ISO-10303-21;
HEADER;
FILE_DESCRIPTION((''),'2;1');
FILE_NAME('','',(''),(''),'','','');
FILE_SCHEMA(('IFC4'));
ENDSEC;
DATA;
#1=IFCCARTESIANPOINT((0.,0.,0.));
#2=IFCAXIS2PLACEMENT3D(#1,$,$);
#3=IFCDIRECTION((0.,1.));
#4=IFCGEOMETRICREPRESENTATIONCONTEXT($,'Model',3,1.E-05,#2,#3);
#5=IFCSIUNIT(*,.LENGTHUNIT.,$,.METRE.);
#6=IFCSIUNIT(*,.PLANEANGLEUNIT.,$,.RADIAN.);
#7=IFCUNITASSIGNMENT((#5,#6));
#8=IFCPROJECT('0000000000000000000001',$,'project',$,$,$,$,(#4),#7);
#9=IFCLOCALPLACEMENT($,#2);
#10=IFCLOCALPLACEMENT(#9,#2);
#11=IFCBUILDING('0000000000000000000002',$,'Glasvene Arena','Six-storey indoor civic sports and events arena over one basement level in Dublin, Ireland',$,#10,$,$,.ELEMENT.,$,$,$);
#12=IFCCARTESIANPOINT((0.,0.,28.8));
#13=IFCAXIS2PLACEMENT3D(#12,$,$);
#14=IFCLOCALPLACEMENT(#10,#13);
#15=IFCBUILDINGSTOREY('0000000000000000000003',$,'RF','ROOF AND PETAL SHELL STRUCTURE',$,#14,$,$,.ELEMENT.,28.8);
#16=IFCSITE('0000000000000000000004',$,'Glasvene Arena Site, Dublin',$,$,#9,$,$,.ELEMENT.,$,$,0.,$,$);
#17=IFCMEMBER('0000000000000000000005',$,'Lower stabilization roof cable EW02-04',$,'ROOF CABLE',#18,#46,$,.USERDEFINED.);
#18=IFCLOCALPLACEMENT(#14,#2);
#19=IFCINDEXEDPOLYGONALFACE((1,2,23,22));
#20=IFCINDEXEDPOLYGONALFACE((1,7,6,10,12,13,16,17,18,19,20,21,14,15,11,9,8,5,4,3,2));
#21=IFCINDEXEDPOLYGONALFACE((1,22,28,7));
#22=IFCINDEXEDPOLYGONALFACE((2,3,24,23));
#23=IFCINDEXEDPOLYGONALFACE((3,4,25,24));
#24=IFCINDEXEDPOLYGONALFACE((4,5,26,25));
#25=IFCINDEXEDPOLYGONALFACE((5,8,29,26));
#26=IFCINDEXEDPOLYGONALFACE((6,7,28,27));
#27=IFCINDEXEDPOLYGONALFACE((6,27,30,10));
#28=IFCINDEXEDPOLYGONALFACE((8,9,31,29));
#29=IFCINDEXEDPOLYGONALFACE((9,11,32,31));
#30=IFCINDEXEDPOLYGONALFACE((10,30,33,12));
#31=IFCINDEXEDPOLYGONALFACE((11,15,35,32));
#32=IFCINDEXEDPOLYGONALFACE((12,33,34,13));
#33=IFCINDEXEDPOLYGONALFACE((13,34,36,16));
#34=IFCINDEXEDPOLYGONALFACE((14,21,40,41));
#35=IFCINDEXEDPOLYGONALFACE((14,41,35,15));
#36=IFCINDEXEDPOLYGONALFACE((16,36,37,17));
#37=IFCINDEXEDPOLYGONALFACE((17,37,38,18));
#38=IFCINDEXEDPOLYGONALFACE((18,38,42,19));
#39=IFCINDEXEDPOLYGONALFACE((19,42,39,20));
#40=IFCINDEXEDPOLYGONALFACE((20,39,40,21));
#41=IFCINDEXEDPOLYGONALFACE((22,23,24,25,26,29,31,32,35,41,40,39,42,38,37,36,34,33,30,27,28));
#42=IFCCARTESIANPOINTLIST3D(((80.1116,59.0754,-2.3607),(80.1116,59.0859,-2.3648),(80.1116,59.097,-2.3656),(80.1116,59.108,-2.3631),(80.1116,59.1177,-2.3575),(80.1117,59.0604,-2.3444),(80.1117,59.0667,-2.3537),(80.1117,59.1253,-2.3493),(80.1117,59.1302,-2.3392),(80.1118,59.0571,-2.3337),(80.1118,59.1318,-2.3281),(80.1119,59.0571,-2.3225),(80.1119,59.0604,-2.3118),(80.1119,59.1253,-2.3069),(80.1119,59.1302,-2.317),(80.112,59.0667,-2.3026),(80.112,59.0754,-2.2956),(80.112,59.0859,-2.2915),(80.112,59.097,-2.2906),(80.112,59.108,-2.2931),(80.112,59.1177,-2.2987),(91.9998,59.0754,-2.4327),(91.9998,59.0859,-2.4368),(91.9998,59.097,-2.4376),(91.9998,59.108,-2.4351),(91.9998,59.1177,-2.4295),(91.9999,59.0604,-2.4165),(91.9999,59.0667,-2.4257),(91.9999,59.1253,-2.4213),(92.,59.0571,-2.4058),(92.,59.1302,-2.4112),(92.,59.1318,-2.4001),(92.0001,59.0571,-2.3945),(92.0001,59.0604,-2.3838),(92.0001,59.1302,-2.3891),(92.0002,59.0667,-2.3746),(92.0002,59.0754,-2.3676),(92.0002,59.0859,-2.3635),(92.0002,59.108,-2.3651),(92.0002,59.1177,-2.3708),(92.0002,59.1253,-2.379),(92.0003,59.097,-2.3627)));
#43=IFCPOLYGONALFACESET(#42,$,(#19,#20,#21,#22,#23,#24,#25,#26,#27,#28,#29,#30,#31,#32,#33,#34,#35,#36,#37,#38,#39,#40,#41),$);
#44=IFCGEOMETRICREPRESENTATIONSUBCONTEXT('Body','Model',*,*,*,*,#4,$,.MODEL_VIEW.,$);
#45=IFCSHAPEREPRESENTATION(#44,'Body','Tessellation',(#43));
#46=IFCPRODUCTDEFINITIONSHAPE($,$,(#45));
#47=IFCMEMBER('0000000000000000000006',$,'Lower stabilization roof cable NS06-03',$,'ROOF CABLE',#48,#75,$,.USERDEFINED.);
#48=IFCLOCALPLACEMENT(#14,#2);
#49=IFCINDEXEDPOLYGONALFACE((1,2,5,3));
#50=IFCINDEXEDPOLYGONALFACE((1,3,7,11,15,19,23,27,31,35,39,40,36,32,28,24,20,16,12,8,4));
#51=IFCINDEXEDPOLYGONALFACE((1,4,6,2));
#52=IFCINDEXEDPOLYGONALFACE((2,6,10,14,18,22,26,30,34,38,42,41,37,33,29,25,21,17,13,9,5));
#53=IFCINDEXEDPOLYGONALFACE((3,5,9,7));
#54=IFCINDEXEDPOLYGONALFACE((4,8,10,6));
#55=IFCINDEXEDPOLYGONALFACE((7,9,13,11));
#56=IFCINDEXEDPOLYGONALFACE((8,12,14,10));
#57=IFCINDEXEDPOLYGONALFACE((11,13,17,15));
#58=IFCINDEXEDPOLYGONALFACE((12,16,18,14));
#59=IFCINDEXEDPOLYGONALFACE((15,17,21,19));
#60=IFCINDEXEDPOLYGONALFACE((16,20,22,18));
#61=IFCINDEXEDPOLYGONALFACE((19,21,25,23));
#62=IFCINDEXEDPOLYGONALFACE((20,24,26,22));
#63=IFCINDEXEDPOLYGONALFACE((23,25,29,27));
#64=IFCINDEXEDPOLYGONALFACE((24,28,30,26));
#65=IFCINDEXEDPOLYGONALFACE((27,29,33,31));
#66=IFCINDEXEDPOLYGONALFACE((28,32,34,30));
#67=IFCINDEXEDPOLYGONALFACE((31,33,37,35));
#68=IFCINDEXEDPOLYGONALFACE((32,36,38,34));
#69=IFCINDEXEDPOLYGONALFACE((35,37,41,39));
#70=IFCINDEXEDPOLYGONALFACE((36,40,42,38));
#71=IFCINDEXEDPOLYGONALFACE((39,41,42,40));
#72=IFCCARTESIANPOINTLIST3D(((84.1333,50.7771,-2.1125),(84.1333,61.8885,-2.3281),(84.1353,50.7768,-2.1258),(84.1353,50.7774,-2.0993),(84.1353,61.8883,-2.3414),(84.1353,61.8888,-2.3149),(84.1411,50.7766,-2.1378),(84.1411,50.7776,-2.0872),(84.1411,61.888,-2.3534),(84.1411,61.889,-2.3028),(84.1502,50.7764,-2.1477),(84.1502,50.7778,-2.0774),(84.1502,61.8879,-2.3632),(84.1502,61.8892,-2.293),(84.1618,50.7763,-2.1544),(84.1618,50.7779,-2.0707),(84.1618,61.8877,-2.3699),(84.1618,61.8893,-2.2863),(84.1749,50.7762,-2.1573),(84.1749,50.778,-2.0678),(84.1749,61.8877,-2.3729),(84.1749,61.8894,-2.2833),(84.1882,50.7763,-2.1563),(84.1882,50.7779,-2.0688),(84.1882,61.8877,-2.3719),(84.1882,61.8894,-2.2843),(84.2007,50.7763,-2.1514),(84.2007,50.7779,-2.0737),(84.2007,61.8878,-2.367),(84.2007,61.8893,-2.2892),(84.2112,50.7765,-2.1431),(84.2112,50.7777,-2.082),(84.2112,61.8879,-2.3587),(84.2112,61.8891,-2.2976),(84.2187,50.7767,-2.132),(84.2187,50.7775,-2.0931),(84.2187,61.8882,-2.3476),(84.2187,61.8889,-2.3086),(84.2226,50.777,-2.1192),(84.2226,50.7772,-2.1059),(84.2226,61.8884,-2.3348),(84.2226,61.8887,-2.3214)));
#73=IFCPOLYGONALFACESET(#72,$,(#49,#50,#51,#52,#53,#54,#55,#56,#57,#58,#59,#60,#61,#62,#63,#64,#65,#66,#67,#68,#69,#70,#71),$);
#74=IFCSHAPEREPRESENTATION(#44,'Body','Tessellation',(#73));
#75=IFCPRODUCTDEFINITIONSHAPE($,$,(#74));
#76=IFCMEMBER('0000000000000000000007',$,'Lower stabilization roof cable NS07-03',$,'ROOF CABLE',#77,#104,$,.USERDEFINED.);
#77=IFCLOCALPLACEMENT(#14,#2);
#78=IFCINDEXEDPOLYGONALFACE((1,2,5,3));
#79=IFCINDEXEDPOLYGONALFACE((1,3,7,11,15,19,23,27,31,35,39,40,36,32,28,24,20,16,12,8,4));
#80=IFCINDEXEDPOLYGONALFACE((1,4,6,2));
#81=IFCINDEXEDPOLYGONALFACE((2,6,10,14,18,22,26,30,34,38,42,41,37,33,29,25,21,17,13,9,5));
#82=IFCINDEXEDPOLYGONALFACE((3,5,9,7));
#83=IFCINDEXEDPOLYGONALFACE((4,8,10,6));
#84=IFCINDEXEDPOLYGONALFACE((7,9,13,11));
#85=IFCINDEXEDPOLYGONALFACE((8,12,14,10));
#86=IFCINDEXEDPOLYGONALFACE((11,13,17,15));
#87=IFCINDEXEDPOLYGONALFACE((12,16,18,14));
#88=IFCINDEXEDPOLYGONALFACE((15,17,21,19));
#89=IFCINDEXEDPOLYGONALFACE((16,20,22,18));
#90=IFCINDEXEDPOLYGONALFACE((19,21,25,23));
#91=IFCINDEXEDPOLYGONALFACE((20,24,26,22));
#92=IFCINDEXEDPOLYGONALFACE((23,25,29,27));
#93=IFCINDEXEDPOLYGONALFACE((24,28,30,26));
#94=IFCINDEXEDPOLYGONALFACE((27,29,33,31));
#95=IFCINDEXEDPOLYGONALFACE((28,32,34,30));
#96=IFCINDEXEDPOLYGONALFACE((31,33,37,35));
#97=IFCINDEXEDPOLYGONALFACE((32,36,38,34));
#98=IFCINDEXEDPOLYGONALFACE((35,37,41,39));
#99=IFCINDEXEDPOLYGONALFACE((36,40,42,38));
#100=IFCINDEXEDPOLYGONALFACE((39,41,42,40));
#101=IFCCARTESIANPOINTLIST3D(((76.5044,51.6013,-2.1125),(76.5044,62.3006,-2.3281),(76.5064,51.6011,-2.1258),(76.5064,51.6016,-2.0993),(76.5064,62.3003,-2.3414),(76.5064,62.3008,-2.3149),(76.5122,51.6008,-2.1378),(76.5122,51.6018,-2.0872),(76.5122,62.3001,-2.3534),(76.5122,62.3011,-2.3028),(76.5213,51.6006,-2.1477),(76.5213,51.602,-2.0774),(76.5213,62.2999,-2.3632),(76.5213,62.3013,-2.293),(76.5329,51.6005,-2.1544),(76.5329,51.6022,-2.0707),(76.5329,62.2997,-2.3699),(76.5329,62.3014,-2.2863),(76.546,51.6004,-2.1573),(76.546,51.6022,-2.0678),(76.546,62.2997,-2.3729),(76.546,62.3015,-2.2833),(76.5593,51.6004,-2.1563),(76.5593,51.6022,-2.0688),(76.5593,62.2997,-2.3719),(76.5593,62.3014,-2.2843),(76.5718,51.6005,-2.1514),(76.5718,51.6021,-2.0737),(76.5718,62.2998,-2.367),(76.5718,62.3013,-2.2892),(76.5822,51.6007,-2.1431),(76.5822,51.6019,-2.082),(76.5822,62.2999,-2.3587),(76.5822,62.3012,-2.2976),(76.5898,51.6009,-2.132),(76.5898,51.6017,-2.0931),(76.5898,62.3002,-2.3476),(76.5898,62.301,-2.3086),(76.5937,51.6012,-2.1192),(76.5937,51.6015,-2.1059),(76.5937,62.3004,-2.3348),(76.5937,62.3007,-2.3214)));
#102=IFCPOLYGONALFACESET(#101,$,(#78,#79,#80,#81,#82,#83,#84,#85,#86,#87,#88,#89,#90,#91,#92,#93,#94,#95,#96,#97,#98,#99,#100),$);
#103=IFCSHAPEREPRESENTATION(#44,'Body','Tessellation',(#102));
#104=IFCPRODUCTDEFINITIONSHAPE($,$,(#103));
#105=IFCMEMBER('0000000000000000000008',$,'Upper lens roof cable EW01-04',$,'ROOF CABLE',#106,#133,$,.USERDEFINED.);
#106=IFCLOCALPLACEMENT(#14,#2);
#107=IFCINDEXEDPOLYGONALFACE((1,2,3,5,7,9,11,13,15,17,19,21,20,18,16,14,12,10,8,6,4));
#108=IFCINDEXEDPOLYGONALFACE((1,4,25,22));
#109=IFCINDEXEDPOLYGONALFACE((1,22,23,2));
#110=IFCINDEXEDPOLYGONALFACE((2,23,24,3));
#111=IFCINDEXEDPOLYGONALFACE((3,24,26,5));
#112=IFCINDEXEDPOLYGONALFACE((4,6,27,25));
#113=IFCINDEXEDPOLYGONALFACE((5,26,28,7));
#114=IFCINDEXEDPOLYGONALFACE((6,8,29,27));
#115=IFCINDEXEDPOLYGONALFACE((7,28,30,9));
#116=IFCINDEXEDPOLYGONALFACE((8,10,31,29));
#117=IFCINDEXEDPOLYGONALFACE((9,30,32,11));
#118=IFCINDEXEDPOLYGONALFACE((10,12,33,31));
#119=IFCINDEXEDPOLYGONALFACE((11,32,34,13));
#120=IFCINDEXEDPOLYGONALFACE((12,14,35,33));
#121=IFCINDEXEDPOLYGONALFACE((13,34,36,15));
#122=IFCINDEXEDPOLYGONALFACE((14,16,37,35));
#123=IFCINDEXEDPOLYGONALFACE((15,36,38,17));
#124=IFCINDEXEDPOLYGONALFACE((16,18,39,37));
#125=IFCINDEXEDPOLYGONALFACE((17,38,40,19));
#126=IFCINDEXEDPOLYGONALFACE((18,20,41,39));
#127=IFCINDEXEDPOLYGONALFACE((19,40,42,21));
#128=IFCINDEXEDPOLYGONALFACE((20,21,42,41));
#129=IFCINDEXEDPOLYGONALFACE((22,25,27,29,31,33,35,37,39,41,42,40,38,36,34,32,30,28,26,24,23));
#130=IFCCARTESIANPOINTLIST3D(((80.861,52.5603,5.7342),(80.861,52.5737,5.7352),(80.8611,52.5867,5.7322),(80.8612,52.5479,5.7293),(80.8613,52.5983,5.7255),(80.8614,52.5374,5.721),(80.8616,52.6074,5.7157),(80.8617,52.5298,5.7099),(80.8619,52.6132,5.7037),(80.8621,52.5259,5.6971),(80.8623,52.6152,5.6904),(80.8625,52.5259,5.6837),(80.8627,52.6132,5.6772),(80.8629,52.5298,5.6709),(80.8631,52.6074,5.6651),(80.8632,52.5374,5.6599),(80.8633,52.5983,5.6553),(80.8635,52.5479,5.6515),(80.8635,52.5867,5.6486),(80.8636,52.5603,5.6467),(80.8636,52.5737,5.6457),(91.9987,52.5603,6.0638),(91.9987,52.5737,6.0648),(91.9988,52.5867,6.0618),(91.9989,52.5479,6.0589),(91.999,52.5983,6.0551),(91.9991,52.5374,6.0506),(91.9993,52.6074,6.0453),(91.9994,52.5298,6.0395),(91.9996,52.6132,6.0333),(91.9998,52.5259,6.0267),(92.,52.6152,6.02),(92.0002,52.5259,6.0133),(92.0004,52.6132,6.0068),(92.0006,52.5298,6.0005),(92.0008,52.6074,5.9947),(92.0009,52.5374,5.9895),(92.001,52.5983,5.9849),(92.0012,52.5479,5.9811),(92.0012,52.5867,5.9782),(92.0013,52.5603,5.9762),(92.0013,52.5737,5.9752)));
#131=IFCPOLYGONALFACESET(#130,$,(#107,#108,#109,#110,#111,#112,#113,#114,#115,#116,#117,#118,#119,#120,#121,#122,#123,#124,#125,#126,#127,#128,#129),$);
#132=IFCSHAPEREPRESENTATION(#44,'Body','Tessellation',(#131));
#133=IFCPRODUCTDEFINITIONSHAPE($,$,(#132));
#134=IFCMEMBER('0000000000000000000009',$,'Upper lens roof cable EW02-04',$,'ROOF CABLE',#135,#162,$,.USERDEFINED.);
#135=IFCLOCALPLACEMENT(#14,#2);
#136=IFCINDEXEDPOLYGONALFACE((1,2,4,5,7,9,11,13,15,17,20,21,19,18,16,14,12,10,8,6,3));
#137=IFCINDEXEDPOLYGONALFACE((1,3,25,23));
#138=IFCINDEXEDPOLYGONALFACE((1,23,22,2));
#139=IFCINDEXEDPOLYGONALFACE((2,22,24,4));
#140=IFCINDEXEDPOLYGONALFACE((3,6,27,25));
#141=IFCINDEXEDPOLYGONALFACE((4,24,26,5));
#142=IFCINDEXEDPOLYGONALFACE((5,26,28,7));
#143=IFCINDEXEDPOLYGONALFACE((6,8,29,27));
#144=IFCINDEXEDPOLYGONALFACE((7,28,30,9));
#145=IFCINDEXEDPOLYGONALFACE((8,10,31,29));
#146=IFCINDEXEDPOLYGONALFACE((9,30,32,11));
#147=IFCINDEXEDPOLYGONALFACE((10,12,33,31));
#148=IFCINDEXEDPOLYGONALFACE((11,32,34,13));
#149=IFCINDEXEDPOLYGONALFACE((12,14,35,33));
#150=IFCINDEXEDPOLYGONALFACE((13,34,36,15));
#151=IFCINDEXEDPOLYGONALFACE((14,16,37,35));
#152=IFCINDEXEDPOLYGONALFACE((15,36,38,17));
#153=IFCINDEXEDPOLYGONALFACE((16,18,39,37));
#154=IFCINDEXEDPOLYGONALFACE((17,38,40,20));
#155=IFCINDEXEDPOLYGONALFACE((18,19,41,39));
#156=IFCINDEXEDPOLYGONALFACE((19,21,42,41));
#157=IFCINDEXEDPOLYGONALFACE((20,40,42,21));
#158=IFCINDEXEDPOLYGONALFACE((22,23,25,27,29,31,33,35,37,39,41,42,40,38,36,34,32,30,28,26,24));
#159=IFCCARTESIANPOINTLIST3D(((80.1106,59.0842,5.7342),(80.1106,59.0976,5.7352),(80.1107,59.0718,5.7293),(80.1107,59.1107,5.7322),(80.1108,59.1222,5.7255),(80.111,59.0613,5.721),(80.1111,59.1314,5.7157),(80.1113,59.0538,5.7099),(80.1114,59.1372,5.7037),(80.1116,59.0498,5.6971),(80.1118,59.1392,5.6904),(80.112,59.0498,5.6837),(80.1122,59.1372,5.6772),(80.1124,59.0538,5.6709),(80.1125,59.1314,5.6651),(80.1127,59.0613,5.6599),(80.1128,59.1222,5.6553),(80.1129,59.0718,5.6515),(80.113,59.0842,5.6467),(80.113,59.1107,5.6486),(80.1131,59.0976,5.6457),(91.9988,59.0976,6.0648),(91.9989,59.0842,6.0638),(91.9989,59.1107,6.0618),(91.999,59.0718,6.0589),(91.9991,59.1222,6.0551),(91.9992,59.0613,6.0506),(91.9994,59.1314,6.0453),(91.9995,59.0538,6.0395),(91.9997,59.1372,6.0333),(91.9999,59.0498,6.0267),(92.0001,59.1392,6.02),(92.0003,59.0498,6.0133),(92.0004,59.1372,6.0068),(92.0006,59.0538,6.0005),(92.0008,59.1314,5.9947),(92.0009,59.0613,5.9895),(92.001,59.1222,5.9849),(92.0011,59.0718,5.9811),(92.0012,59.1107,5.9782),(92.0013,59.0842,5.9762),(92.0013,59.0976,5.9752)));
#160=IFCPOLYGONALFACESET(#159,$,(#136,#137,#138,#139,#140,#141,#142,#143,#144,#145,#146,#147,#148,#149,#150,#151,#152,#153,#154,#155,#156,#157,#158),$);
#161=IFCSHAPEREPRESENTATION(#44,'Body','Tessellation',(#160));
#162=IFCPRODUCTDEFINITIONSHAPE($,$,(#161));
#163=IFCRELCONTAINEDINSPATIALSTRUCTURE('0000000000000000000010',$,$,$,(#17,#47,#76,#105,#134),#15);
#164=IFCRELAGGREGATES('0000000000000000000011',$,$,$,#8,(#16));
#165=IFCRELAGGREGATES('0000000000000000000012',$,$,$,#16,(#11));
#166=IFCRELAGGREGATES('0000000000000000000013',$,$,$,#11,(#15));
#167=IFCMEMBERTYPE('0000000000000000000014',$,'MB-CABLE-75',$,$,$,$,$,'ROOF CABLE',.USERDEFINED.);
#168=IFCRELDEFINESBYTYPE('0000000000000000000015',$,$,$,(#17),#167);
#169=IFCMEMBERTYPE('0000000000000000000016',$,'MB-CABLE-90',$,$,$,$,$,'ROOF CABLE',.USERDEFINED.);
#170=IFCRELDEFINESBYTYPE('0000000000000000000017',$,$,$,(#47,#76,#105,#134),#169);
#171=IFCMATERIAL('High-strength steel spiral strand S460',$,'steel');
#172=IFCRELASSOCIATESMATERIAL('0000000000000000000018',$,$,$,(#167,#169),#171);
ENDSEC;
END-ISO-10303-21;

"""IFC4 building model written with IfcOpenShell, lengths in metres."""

from ifc_helpers import new_model, si_unit, direction, frame, origin, origin_2d, place, context, subcontext, project, spatial, circle, extrude, material, material_profile, profile_set, type_object, element, save


model = new_model("IFC4")

# Units and contexts
model_context = context("Model", 3, precision=1e-05, world=origin(), true_north=direction((0.0, 1.0)))
body_context = subcontext(model_context, "Body", "Model", "MODEL_VIEW")
ifc_project = project(units=[si_unit("LENGTHUNIT", "METRE"), si_unit("PLANEANGLEUNIT", "RADIAN")], contexts=[model_context])

# Site, building, storey
site_placement = place(None, origin())
site = spatial("IfcSite", under=ifc_project, at=site_placement, Name="Glasvene Arena Site, Dublin", CompositionType="ELEMENT", RefElevation=0.0)
building_placement = place(site_placement, origin())
building = spatial("IfcBuilding", under=site, at=building_placement, Name="Glasvene Arena", Description="Six-storey indoor civic sports and events arena over one basement level in Dublin, Ireland", CompositionType="ELEMENT")
storey_placement = place(building_placement, frame((0.0, 0.0, 28.8)))
storey = spatial("IfcBuildingStorey", under=building, at=storey_placement, Name="RF", Description="ROOF AND PETAL SHELL STRUCTURE", CompositionType="ELEMENT", Elevation=28.8)

# Members
ifc_material_1 = material(Name="High-strength steel spiral strand S460", Category="steel")
ifc_material_profile_1 = material_profile(ifc_material_1, circle(Radius=0.0376, at=origin_2d()), Name="LCSS D75")
ifc_profile_set_1 = profile_set([ifc_material_profile_1], Name="High-strength steel spiral strand S460")
member_type_1 = type_object("IfcMemberType", Name="MB-CABLE-75", ElementType="ROOF CABLE", PredefinedType="USERDEFINED", material=ifc_profile_set_1)
member_1_placement = place(storey_placement, frame((80.1118, 59.0942, -2.3281), z_axis=(0.999982, 0.0, -0.006058), x_axis=(0.0, 1.0, 0.0)))
element("IfcMember", 1, at=member_1_placement, inside=storey, type_object=member_type_1, Name="Lower stabilization roof cable EW02-04", ObjectType="ROOF CABLE", PredefinedType="USERDEFINED", context=body_context, shape_type="SweptSolid", body=[
    extrude(circle(Radius=0.0376, at=origin_2d()), origin(), (0.0, 0.0, 1.0), 11.8884),
])
ifc_material_profile_2 = material_profile(ifc_material_1, circle(Radius=0.0449, at=origin_2d()), Name="LCSS D90")
ifc_profile_set_2 = profile_set([ifc_material_profile_2], Name="High-strength steel spiral strand S460")
member_type_2 = type_object("IfcMemberType", Name="MB-CABLE-90", ElementType="ROOF CABLE", PredefinedType="USERDEFINED", material=ifc_profile_set_2)
member_2_placement = place(storey_placement, frame((84.1782, 50.7771, -2.1125), z_axis=(0.0, 0.999812, -0.019398), x_axis=(-1.0, 0.0, 0.0)))
element("IfcMember", 2, at=member_2_placement, inside=storey, type_object=member_type_2, Name="Lower stabilization roof cable NS06-03", ObjectType="ROOF CABLE", PredefinedType="USERDEFINED", context=body_context, shape_type="SweptSolid", body=[
    extrude(circle(Radius=0.0449, at=origin_2d()), origin(), (0.0, 0.0, 1.0), 11.1135),
])
member_3_placement = place(storey_placement, frame((76.5493, 51.6013, -2.1125), z_axis=(0.0, 0.999797, -0.020145), x_axis=(-1.0, 0.0, 0.0)))
element("IfcMember", 3, at=member_3_placement, inside=storey, type_object=member_type_2, Name="Lower stabilization roof cable NS07-03", ObjectType="ROOF CABLE", PredefinedType="USERDEFINED", context=body_context, shape_type="SweptSolid", body=[
    extrude(circle(Radius=0.0449, at=origin_2d()), origin(), (0.0, 0.0, 1.0), 10.7014),
])
member_4_placement = place(storey_placement, frame((80.8623, 52.5703, 5.6904), z_axis=(0.999562, 0.0, 0.029579), x_axis=(0.0, 1.0, 0.0)))
element("IfcMember", 4, at=member_4_placement, inside=storey, type_object=member_type_2, Name="Upper lens roof cable EW01-04", ObjectType="ROOF CABLE", PredefinedType="USERDEFINED", context=body_context, shape_type="SweptSolid", body=[
    extrude(circle(Radius=0.0449, at=origin_2d()), origin(), (0.0, 0.0, 1.0), 11.1426),
])
member_5_placement = place(storey_placement, frame((80.1118, 59.0942, 5.6904), z_axis=(0.999616, 0.0, 0.027714), x_axis=(0.0, 1.0, 0.0)))
element("IfcMember", 5, at=member_5_placement, inside=storey, type_object=member_type_2, Name="Upper lens roof cable EW02-04", ObjectType="ROOF CABLE", PredefinedType="USERDEFINED", context=body_context, shape_type="SweptSolid", body=[
    extrude(circle(Radius=0.0449, at=origin_2d()), origin(), (0.0, 0.0, 1.0), 11.8928),
])

save(model, "model.ifc")
